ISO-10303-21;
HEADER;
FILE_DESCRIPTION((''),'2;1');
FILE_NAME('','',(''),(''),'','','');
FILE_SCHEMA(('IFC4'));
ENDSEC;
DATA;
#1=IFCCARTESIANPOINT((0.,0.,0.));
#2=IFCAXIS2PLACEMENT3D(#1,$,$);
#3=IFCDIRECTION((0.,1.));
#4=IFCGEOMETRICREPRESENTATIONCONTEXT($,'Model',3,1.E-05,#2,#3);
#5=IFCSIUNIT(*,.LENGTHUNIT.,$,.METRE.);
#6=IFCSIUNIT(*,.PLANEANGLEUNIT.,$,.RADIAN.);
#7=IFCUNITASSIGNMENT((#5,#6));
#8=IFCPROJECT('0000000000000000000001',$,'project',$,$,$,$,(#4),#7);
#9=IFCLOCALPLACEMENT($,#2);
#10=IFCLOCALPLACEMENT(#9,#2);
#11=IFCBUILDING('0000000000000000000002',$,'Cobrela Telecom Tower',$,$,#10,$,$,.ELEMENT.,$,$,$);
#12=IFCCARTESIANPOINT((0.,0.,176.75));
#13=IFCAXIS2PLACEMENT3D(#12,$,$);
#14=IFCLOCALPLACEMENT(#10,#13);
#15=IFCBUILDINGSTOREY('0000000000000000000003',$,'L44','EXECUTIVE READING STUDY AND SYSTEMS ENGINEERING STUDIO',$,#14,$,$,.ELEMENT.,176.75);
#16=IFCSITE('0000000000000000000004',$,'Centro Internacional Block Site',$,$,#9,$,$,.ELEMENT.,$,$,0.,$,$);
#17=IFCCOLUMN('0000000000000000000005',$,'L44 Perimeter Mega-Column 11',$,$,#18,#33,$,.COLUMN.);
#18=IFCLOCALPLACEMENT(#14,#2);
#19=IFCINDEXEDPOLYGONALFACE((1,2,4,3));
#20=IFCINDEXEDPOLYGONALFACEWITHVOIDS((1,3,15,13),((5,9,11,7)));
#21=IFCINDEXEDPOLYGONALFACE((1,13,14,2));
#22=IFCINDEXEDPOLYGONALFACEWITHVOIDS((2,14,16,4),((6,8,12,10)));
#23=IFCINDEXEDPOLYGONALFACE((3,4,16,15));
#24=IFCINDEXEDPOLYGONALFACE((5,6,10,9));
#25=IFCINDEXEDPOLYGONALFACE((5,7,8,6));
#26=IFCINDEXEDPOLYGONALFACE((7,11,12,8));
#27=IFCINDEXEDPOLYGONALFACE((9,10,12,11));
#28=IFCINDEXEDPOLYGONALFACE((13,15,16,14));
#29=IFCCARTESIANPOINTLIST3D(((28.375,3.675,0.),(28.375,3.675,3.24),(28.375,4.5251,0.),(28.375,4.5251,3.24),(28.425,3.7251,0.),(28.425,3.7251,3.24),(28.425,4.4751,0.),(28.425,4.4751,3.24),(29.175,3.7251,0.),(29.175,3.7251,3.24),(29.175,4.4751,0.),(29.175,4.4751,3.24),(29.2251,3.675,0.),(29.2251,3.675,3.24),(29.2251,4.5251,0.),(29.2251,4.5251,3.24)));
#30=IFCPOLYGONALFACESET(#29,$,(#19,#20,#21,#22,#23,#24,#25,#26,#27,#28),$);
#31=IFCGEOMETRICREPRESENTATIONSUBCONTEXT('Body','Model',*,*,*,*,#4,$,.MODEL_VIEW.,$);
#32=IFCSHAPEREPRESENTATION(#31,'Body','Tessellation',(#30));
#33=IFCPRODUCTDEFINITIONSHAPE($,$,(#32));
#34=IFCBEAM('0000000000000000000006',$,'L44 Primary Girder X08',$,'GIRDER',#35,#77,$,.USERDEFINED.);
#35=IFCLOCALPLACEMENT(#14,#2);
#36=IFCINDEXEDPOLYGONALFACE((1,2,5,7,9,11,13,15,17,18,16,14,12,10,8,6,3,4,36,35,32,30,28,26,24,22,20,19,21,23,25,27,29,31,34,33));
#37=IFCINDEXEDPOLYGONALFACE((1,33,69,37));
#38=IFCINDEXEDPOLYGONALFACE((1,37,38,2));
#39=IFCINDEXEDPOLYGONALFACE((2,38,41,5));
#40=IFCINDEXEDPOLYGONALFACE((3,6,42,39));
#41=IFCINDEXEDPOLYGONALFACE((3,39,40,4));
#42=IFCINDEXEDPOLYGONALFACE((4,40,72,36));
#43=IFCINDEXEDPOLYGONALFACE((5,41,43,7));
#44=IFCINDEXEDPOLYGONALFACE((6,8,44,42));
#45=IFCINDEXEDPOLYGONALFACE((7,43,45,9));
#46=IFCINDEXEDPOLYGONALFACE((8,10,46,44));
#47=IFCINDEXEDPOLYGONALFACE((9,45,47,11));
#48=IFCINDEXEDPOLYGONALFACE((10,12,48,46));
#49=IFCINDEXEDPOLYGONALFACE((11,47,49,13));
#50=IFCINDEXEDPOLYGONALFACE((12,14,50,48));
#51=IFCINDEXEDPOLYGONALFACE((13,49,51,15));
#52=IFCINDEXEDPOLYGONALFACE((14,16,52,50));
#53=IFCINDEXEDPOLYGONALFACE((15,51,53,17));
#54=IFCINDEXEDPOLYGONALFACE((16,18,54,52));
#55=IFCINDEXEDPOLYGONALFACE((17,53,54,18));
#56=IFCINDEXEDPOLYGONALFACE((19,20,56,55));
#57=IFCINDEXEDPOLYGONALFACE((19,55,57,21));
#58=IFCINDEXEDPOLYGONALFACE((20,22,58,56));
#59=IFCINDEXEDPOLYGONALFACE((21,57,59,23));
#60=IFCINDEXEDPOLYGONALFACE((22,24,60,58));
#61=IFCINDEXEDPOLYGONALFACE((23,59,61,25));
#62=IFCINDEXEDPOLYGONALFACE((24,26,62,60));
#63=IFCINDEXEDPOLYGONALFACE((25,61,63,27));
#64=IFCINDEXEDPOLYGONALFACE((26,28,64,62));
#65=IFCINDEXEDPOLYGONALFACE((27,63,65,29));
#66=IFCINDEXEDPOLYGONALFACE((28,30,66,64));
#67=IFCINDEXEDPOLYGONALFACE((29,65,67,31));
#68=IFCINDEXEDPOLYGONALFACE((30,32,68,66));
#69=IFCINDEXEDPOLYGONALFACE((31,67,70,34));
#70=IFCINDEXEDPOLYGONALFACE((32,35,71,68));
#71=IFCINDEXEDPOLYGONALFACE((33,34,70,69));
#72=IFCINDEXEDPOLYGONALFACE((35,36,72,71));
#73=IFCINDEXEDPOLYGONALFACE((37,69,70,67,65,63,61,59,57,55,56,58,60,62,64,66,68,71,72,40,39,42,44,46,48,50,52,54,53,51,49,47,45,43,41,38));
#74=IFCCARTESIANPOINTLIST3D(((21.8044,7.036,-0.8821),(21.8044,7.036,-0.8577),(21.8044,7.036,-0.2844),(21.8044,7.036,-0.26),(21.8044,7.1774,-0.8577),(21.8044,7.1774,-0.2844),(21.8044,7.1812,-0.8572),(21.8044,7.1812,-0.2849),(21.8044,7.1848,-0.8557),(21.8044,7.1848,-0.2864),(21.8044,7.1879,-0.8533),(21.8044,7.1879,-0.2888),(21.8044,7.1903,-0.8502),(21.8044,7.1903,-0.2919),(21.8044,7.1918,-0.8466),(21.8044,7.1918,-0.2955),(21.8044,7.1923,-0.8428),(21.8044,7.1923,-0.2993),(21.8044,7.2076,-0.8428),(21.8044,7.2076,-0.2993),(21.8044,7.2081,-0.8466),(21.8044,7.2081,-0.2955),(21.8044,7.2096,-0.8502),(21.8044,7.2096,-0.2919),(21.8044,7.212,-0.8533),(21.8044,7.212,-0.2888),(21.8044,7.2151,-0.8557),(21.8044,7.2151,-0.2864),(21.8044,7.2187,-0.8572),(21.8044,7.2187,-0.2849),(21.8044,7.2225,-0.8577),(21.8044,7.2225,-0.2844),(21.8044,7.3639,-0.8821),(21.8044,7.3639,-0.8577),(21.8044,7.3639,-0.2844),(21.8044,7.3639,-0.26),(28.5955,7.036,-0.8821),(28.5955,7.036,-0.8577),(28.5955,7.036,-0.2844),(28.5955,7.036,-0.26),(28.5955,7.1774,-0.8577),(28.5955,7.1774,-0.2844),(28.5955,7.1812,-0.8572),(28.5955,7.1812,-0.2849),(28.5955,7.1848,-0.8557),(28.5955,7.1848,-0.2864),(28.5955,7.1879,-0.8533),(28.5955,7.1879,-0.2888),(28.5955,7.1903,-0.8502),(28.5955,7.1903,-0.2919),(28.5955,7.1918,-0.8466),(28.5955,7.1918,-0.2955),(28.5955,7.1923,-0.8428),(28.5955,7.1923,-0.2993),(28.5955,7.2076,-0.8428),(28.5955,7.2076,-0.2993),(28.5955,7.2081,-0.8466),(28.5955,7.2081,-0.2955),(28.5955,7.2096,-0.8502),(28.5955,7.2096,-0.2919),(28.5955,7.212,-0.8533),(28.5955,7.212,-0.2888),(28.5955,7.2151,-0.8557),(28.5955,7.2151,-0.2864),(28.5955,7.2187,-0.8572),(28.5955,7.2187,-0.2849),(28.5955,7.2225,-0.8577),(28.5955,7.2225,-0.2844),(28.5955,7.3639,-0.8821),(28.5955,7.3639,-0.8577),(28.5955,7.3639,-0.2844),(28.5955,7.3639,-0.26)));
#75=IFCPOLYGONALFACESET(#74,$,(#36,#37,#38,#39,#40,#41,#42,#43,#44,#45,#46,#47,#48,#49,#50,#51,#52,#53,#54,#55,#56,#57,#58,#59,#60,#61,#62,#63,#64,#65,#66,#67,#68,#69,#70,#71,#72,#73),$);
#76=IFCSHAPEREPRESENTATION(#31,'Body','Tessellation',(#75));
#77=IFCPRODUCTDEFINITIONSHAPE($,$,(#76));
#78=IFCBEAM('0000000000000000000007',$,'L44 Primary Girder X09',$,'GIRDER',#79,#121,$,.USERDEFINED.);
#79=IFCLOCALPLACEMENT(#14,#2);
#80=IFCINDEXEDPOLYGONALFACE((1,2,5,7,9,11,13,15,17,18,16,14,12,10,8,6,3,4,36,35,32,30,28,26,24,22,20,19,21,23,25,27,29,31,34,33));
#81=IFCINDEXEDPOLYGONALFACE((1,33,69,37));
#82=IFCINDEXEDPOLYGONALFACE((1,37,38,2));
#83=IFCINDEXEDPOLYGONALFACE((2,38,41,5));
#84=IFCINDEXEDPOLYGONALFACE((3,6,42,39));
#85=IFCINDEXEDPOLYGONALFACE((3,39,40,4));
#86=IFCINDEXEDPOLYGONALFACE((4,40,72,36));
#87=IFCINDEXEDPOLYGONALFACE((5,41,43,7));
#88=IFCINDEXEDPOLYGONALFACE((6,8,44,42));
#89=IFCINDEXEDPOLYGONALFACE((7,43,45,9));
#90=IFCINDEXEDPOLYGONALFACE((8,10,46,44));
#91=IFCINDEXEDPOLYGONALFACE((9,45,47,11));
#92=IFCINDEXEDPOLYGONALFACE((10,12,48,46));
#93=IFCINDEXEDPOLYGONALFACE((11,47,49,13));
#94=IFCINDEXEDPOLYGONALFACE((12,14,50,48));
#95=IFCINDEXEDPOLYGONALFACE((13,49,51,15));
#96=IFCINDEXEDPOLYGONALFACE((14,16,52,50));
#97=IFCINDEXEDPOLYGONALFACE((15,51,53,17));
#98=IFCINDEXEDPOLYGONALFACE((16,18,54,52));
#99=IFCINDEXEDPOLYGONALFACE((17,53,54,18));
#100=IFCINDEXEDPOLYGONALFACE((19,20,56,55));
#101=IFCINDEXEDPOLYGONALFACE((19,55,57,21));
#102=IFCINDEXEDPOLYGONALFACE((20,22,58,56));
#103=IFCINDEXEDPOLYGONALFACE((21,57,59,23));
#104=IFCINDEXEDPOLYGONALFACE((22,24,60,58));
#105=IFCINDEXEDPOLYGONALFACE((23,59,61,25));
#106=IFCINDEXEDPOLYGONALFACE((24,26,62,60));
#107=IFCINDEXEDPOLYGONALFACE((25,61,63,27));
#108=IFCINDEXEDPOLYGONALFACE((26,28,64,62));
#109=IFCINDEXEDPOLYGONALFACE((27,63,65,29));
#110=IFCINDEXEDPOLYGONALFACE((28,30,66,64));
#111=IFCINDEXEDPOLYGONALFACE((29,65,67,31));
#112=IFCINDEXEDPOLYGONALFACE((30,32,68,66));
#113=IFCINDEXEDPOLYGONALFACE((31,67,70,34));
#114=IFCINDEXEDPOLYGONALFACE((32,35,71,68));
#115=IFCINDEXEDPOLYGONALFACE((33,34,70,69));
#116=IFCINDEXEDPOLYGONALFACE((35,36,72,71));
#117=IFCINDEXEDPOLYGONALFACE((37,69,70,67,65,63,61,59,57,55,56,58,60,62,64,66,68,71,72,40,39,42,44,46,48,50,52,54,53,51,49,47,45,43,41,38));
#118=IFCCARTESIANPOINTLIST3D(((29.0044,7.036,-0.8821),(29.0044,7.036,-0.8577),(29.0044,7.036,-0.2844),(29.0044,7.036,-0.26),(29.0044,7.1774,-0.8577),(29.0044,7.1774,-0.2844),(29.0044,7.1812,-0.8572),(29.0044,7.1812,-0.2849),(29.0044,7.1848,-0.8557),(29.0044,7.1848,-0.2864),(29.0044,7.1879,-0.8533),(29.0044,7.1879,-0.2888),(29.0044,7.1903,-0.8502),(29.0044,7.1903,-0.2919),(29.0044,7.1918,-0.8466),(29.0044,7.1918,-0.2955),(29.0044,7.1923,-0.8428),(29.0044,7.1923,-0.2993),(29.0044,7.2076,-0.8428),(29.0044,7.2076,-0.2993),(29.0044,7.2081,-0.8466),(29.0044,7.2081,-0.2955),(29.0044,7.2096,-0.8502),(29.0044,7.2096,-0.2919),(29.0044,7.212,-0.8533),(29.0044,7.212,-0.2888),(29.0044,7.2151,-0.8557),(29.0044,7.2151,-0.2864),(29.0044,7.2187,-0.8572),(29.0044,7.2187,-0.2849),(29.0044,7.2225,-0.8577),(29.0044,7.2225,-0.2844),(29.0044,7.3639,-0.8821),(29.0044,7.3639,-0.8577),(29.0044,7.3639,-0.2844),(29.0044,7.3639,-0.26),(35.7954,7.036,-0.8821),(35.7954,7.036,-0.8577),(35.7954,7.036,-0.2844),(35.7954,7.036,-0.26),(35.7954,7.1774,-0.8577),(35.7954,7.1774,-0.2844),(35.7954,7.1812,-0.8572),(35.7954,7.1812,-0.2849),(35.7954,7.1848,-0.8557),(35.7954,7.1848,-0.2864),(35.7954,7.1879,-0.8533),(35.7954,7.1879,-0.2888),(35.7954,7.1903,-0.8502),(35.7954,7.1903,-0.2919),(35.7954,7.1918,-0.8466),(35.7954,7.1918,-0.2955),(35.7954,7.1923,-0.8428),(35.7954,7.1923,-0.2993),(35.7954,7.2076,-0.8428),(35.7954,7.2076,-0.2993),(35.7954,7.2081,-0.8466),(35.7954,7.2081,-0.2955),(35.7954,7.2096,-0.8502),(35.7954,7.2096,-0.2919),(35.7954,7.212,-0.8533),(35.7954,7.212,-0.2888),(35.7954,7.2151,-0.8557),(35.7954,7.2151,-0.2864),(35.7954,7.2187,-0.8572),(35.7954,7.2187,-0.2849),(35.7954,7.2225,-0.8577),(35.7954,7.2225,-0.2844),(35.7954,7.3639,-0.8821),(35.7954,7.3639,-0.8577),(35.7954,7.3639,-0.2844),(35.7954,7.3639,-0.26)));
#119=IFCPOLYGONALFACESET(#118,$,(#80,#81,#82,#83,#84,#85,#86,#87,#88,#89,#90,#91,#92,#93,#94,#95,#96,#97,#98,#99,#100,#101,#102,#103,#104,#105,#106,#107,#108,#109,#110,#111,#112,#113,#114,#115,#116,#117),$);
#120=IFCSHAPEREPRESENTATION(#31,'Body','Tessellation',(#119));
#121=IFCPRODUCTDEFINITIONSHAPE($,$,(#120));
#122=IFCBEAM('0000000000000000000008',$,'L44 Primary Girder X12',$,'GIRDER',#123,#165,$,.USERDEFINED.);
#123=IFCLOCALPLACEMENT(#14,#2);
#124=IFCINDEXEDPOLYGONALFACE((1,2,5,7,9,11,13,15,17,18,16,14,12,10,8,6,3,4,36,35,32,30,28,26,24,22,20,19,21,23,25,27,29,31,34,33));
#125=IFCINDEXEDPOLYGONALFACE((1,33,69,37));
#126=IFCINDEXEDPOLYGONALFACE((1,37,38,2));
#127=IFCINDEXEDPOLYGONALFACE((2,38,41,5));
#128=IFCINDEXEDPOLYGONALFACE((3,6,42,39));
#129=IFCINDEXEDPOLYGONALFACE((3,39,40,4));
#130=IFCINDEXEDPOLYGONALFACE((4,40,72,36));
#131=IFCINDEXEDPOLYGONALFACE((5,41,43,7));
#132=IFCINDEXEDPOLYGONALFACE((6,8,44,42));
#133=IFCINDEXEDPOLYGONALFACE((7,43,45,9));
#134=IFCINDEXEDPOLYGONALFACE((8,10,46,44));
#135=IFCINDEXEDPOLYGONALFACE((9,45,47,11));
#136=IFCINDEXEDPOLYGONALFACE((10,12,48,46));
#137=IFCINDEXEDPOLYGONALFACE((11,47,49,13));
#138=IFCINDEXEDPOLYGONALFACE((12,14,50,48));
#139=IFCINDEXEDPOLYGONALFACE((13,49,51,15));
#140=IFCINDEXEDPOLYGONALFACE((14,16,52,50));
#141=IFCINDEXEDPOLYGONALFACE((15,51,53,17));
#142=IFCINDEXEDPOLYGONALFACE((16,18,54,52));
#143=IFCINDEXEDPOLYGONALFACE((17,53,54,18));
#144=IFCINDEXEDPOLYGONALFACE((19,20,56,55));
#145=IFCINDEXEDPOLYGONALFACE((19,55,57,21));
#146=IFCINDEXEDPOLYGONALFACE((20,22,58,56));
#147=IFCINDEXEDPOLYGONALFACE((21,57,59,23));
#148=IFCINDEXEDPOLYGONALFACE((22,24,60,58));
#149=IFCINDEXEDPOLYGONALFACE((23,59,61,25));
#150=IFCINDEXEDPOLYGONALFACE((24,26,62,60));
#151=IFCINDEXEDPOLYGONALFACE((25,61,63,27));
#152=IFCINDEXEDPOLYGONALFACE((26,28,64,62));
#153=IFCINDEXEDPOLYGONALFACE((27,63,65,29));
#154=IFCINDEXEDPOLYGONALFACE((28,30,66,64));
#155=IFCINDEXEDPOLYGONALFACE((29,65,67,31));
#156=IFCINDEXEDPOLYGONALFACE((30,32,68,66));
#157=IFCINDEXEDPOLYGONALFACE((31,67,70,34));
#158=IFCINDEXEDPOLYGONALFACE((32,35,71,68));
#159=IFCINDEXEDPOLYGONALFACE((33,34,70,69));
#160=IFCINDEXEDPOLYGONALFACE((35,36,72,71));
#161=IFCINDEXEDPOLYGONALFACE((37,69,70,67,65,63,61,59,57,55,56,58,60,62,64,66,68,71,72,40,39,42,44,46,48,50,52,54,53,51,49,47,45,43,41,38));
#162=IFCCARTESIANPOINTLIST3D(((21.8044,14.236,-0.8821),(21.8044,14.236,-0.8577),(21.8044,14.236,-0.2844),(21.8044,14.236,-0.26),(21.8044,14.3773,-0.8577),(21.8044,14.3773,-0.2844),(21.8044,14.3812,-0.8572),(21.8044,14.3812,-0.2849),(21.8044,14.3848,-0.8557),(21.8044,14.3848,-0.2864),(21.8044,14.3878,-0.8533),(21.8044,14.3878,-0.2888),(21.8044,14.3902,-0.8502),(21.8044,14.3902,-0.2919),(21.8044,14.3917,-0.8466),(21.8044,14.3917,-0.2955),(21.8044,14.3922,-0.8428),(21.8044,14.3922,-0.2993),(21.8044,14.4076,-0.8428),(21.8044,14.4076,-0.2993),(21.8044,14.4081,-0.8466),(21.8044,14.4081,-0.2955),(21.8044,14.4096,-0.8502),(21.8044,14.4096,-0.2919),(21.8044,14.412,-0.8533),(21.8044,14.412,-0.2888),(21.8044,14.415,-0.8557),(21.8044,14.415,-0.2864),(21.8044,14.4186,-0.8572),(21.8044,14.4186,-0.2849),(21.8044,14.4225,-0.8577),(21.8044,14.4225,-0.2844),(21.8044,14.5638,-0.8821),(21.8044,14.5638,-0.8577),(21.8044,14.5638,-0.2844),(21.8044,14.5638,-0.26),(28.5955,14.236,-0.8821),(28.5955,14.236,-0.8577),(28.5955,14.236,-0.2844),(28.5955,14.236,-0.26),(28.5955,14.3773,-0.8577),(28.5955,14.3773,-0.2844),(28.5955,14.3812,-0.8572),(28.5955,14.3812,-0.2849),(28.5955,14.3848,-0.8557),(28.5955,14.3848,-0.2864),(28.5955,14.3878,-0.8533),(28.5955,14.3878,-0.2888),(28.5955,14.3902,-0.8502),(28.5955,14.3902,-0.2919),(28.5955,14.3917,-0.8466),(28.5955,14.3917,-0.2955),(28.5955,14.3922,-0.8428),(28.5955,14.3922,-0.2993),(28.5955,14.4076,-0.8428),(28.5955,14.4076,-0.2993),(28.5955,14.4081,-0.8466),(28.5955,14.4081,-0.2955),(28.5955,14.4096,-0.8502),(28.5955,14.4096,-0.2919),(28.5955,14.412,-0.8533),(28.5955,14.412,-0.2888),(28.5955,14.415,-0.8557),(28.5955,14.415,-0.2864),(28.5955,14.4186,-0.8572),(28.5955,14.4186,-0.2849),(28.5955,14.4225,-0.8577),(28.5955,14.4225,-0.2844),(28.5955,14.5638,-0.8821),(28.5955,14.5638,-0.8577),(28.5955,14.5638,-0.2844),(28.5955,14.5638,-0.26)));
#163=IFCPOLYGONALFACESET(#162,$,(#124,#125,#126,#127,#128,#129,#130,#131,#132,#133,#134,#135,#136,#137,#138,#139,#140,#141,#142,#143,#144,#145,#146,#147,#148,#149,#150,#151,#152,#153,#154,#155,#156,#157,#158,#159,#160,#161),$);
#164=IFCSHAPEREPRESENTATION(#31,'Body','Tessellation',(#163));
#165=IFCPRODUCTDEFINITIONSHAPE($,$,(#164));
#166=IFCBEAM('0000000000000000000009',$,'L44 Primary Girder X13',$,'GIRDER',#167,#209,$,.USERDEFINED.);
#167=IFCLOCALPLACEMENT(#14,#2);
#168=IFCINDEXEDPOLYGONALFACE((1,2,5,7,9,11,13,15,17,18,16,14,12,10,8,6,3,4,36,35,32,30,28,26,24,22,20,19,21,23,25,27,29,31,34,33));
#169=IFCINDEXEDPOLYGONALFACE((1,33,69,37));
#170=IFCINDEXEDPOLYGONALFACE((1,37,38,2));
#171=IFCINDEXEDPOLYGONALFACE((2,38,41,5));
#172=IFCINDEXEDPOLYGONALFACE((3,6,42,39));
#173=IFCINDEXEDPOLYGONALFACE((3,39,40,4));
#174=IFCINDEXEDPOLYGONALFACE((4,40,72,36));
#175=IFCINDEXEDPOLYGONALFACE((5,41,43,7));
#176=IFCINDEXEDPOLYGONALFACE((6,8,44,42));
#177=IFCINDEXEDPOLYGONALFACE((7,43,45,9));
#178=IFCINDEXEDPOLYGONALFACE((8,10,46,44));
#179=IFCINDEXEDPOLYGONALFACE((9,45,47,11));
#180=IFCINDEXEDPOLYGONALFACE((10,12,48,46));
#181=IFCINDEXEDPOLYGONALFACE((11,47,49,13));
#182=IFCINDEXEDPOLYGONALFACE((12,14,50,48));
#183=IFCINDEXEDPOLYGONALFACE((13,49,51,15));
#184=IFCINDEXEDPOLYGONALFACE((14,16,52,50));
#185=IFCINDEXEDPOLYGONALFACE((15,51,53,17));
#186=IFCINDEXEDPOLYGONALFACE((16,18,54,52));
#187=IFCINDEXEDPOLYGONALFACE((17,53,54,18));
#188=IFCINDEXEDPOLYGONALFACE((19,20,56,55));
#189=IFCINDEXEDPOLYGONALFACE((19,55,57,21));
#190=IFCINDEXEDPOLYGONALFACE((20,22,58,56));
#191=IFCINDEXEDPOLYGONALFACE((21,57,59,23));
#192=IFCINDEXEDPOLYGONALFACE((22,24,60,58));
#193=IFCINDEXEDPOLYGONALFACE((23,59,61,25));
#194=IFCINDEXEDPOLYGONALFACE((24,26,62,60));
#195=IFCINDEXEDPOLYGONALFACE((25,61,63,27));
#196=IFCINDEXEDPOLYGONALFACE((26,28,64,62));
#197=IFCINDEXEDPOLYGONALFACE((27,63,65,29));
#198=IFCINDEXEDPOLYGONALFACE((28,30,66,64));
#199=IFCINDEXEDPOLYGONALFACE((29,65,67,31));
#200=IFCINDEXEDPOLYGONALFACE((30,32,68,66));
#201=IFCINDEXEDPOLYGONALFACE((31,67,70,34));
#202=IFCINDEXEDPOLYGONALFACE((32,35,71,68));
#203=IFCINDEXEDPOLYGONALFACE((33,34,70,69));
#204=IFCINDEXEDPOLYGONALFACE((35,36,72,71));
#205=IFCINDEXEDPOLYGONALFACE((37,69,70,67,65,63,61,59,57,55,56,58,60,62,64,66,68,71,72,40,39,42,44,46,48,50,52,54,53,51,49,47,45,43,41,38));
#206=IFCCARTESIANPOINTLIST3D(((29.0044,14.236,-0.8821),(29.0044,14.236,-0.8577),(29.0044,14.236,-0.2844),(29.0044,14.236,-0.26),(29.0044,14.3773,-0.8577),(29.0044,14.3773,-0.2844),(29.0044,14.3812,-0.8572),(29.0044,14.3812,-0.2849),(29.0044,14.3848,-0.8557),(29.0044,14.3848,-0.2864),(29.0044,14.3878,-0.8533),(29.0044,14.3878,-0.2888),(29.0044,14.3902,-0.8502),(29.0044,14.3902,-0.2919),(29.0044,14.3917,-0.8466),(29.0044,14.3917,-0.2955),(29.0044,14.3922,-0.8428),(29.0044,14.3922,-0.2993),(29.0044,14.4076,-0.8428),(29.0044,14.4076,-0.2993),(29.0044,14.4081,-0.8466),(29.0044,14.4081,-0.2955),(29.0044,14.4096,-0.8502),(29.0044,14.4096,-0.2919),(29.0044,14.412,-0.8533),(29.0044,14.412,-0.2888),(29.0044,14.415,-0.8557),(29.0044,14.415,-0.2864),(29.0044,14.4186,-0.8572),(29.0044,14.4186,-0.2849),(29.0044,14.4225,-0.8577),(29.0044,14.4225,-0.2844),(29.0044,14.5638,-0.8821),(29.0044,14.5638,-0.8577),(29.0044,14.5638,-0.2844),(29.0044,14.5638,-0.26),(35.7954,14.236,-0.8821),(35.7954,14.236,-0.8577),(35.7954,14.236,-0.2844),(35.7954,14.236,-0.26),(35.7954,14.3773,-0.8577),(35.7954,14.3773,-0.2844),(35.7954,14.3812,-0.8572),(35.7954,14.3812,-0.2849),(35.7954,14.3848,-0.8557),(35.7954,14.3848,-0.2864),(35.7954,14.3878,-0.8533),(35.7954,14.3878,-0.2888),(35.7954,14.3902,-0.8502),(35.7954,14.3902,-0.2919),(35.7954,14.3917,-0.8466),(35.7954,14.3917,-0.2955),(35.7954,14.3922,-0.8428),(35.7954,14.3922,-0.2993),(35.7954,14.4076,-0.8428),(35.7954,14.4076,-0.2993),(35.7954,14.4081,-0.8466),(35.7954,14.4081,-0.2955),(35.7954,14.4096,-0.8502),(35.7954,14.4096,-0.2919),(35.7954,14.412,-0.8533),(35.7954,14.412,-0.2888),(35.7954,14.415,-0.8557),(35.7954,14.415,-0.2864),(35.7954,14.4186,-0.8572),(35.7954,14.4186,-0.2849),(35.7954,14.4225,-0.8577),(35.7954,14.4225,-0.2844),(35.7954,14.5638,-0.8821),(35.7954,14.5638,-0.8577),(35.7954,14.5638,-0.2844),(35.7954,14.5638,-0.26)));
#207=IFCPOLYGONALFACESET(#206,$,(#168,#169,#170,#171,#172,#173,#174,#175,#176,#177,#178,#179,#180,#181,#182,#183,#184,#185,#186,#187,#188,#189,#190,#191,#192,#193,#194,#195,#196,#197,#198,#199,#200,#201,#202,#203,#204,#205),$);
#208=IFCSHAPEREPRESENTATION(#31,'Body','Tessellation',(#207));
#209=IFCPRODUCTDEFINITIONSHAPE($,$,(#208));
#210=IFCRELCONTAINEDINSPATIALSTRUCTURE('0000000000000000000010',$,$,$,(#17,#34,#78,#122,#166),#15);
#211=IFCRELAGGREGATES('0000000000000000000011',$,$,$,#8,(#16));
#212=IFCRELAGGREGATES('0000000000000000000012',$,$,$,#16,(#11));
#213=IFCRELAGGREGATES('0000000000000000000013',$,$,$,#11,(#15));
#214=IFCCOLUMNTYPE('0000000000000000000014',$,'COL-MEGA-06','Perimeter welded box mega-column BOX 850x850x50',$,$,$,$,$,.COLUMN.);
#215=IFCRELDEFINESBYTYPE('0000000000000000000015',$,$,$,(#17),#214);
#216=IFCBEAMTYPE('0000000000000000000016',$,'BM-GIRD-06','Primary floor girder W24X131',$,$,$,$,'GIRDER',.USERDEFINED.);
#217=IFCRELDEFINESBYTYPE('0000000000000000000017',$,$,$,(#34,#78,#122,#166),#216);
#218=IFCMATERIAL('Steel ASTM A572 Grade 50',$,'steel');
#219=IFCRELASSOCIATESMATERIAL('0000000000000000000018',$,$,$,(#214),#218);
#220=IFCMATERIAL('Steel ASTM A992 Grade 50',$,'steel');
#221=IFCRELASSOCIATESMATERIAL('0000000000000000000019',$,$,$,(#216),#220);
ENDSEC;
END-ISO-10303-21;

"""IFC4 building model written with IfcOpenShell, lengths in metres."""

from ifc_helpers import new_model, si_unit, direction, frame, origin, origin_2d, place, context, subcontext, project, spatial, hollow_rectangle, i_section, extrude, material, material_profile, profile_set, type_object, element, save


model = new_model("IFC4")

# Units and contexts
model_context = context("Model", 3, precision=1e-05, world=origin(), true_north=direction((0.0, 1.0)))
body_context = subcontext(model_context, "Body", "Model", "MODEL_VIEW")
ifc_project = project(units=[si_unit("LENGTHUNIT", "METRE"), si_unit("PLANEANGLEUNIT", "RADIAN")], contexts=[model_context])

# Site, building, storey
site_placement = place(None, origin())
site = spatial("IfcSite", under=ifc_project, at=site_placement, Name="Centro Internacional Block Site", CompositionType="ELEMENT", RefElevation=0.0)
building_placement = place(site_placement, origin())
building = spatial("IfcBuilding", under=site, at=building_placement, Name="Cobrela Telecom Tower", CompositionType="ELEMENT")
storey_placement = place(building_placement, frame((0.0, 0.0, 176.75)))
storey = spatial("IfcBuildingStorey", under=building, at=storey_placement, Name="L44", Description="EXECUTIVE READING STUDY AND SYSTEMS ENGINEERING STUDIO", CompositionType="ELEMENT", Elevation=176.75)

# Column
ifc_material_1 = material(Name="Steel ASTM A992 Grade 50", Category="steel")
ifc_material_2 = material(Name="Steel ASTM A572 Grade 50", Category="steel")
ifc_material_profile_1 = material_profile(ifc_material_2, hollow_rectangle(XDim=0.8501, YDim=0.8501, WallThickness=0.05, at=origin_2d()), Name="BOX 850x850x50")
ifc_profile_set_1 = profile_set([ifc_material_profile_1], Name="Steel ASTM A572 Grade 50")
column_type_1 = type_object("IfcColumnType", Name="COL-MEGA-06", Description="Perimeter welded box mega-column BOX 850x850x50", PredefinedType="COLUMN", material=ifc_profile_set_1)
for number, where, z_axis, x_axis, name in (
    (1, (28.8, 4.1001, 0.0), (0.0, 0.0, 1.0), (1.0, 0.0, 0.0), "L44 Perimeter Mega-Column 11"),
):
    element("IfcColumn", number, at=place(storey_placement, frame(where, z_axis=z_axis, x_axis=x_axis)), inside=storey, type_object=column_type_1, Name=name, PredefinedType="COLUMN", context=body_context, shape_type="SweptSolid", body=[
        extrude(hollow_rectangle(XDim=0.8501, YDim=0.8501, WallThickness=0.05, at=origin_2d()), origin(), (0.0, 0.0, 1.0), 3.24),
    ])

# Beams
ifc_material_profile_2 = material_profile(ifc_material_1, i_section(OverallWidth=0.3279, OverallDepth=0.6221, WebThickness=0.0154, FlangeThickness=0.0244, FilletRadius=0.0149, at=origin_2d()), Name="W24X131")
ifc_profile_set_2 = profile_set([ifc_material_profile_2], Name="Steel ASTM A992 Grade 50")
beam_type_1 = type_object("IfcBeamType", Name="BM-GIRD-06", Description="Primary floor girder W24X131", ElementType="GIRDER", PredefinedType="USERDEFINED", material=ifc_profile_set_2)
for number, where, z_axis, x_axis, name in (
    (2, (21.8044, 7.2, -0.571), (1.0, 0.0, 0.0), (0.0, 1.0, 0.0), "L44 Primary Girder X08"),
    (3, (29.0044, 7.2, -0.571), (1.0, 0.0, 0.0), (0.0, 1.0, 0.0), "L44 Primary Girder X09"),
    (4, (21.8044, 14.3999, -0.571), (1.0, 0.0, 0.0), (0.0, 1.0, 0.0), "L44 Primary Girder X12"),
    (5, (29.0044, 14.3999, -0.571), (1.0, 0.0, 0.0), (0.0, 1.0, 0.0), "L44 Primary Girder X13"),
):
    element("IfcBeam", number, at=place(storey_placement, frame(where, z_axis=z_axis, x_axis=x_axis)), inside=storey, type_object=beam_type_1, Name=name, ObjectType="GIRDER", PredefinedType="USERDEFINED", context=body_context, shape_type="SweptSolid", body=[
        extrude(i_section(OverallWidth=0.3279, OverallDepth=0.6221, WebThickness=0.0154, FlangeThickness=0.0244, FilletRadius=0.0149, at=origin_2d()), origin(), (0.0, 0.0, 1.0), 6.791),
    ])

save(model, "model.ifc")
